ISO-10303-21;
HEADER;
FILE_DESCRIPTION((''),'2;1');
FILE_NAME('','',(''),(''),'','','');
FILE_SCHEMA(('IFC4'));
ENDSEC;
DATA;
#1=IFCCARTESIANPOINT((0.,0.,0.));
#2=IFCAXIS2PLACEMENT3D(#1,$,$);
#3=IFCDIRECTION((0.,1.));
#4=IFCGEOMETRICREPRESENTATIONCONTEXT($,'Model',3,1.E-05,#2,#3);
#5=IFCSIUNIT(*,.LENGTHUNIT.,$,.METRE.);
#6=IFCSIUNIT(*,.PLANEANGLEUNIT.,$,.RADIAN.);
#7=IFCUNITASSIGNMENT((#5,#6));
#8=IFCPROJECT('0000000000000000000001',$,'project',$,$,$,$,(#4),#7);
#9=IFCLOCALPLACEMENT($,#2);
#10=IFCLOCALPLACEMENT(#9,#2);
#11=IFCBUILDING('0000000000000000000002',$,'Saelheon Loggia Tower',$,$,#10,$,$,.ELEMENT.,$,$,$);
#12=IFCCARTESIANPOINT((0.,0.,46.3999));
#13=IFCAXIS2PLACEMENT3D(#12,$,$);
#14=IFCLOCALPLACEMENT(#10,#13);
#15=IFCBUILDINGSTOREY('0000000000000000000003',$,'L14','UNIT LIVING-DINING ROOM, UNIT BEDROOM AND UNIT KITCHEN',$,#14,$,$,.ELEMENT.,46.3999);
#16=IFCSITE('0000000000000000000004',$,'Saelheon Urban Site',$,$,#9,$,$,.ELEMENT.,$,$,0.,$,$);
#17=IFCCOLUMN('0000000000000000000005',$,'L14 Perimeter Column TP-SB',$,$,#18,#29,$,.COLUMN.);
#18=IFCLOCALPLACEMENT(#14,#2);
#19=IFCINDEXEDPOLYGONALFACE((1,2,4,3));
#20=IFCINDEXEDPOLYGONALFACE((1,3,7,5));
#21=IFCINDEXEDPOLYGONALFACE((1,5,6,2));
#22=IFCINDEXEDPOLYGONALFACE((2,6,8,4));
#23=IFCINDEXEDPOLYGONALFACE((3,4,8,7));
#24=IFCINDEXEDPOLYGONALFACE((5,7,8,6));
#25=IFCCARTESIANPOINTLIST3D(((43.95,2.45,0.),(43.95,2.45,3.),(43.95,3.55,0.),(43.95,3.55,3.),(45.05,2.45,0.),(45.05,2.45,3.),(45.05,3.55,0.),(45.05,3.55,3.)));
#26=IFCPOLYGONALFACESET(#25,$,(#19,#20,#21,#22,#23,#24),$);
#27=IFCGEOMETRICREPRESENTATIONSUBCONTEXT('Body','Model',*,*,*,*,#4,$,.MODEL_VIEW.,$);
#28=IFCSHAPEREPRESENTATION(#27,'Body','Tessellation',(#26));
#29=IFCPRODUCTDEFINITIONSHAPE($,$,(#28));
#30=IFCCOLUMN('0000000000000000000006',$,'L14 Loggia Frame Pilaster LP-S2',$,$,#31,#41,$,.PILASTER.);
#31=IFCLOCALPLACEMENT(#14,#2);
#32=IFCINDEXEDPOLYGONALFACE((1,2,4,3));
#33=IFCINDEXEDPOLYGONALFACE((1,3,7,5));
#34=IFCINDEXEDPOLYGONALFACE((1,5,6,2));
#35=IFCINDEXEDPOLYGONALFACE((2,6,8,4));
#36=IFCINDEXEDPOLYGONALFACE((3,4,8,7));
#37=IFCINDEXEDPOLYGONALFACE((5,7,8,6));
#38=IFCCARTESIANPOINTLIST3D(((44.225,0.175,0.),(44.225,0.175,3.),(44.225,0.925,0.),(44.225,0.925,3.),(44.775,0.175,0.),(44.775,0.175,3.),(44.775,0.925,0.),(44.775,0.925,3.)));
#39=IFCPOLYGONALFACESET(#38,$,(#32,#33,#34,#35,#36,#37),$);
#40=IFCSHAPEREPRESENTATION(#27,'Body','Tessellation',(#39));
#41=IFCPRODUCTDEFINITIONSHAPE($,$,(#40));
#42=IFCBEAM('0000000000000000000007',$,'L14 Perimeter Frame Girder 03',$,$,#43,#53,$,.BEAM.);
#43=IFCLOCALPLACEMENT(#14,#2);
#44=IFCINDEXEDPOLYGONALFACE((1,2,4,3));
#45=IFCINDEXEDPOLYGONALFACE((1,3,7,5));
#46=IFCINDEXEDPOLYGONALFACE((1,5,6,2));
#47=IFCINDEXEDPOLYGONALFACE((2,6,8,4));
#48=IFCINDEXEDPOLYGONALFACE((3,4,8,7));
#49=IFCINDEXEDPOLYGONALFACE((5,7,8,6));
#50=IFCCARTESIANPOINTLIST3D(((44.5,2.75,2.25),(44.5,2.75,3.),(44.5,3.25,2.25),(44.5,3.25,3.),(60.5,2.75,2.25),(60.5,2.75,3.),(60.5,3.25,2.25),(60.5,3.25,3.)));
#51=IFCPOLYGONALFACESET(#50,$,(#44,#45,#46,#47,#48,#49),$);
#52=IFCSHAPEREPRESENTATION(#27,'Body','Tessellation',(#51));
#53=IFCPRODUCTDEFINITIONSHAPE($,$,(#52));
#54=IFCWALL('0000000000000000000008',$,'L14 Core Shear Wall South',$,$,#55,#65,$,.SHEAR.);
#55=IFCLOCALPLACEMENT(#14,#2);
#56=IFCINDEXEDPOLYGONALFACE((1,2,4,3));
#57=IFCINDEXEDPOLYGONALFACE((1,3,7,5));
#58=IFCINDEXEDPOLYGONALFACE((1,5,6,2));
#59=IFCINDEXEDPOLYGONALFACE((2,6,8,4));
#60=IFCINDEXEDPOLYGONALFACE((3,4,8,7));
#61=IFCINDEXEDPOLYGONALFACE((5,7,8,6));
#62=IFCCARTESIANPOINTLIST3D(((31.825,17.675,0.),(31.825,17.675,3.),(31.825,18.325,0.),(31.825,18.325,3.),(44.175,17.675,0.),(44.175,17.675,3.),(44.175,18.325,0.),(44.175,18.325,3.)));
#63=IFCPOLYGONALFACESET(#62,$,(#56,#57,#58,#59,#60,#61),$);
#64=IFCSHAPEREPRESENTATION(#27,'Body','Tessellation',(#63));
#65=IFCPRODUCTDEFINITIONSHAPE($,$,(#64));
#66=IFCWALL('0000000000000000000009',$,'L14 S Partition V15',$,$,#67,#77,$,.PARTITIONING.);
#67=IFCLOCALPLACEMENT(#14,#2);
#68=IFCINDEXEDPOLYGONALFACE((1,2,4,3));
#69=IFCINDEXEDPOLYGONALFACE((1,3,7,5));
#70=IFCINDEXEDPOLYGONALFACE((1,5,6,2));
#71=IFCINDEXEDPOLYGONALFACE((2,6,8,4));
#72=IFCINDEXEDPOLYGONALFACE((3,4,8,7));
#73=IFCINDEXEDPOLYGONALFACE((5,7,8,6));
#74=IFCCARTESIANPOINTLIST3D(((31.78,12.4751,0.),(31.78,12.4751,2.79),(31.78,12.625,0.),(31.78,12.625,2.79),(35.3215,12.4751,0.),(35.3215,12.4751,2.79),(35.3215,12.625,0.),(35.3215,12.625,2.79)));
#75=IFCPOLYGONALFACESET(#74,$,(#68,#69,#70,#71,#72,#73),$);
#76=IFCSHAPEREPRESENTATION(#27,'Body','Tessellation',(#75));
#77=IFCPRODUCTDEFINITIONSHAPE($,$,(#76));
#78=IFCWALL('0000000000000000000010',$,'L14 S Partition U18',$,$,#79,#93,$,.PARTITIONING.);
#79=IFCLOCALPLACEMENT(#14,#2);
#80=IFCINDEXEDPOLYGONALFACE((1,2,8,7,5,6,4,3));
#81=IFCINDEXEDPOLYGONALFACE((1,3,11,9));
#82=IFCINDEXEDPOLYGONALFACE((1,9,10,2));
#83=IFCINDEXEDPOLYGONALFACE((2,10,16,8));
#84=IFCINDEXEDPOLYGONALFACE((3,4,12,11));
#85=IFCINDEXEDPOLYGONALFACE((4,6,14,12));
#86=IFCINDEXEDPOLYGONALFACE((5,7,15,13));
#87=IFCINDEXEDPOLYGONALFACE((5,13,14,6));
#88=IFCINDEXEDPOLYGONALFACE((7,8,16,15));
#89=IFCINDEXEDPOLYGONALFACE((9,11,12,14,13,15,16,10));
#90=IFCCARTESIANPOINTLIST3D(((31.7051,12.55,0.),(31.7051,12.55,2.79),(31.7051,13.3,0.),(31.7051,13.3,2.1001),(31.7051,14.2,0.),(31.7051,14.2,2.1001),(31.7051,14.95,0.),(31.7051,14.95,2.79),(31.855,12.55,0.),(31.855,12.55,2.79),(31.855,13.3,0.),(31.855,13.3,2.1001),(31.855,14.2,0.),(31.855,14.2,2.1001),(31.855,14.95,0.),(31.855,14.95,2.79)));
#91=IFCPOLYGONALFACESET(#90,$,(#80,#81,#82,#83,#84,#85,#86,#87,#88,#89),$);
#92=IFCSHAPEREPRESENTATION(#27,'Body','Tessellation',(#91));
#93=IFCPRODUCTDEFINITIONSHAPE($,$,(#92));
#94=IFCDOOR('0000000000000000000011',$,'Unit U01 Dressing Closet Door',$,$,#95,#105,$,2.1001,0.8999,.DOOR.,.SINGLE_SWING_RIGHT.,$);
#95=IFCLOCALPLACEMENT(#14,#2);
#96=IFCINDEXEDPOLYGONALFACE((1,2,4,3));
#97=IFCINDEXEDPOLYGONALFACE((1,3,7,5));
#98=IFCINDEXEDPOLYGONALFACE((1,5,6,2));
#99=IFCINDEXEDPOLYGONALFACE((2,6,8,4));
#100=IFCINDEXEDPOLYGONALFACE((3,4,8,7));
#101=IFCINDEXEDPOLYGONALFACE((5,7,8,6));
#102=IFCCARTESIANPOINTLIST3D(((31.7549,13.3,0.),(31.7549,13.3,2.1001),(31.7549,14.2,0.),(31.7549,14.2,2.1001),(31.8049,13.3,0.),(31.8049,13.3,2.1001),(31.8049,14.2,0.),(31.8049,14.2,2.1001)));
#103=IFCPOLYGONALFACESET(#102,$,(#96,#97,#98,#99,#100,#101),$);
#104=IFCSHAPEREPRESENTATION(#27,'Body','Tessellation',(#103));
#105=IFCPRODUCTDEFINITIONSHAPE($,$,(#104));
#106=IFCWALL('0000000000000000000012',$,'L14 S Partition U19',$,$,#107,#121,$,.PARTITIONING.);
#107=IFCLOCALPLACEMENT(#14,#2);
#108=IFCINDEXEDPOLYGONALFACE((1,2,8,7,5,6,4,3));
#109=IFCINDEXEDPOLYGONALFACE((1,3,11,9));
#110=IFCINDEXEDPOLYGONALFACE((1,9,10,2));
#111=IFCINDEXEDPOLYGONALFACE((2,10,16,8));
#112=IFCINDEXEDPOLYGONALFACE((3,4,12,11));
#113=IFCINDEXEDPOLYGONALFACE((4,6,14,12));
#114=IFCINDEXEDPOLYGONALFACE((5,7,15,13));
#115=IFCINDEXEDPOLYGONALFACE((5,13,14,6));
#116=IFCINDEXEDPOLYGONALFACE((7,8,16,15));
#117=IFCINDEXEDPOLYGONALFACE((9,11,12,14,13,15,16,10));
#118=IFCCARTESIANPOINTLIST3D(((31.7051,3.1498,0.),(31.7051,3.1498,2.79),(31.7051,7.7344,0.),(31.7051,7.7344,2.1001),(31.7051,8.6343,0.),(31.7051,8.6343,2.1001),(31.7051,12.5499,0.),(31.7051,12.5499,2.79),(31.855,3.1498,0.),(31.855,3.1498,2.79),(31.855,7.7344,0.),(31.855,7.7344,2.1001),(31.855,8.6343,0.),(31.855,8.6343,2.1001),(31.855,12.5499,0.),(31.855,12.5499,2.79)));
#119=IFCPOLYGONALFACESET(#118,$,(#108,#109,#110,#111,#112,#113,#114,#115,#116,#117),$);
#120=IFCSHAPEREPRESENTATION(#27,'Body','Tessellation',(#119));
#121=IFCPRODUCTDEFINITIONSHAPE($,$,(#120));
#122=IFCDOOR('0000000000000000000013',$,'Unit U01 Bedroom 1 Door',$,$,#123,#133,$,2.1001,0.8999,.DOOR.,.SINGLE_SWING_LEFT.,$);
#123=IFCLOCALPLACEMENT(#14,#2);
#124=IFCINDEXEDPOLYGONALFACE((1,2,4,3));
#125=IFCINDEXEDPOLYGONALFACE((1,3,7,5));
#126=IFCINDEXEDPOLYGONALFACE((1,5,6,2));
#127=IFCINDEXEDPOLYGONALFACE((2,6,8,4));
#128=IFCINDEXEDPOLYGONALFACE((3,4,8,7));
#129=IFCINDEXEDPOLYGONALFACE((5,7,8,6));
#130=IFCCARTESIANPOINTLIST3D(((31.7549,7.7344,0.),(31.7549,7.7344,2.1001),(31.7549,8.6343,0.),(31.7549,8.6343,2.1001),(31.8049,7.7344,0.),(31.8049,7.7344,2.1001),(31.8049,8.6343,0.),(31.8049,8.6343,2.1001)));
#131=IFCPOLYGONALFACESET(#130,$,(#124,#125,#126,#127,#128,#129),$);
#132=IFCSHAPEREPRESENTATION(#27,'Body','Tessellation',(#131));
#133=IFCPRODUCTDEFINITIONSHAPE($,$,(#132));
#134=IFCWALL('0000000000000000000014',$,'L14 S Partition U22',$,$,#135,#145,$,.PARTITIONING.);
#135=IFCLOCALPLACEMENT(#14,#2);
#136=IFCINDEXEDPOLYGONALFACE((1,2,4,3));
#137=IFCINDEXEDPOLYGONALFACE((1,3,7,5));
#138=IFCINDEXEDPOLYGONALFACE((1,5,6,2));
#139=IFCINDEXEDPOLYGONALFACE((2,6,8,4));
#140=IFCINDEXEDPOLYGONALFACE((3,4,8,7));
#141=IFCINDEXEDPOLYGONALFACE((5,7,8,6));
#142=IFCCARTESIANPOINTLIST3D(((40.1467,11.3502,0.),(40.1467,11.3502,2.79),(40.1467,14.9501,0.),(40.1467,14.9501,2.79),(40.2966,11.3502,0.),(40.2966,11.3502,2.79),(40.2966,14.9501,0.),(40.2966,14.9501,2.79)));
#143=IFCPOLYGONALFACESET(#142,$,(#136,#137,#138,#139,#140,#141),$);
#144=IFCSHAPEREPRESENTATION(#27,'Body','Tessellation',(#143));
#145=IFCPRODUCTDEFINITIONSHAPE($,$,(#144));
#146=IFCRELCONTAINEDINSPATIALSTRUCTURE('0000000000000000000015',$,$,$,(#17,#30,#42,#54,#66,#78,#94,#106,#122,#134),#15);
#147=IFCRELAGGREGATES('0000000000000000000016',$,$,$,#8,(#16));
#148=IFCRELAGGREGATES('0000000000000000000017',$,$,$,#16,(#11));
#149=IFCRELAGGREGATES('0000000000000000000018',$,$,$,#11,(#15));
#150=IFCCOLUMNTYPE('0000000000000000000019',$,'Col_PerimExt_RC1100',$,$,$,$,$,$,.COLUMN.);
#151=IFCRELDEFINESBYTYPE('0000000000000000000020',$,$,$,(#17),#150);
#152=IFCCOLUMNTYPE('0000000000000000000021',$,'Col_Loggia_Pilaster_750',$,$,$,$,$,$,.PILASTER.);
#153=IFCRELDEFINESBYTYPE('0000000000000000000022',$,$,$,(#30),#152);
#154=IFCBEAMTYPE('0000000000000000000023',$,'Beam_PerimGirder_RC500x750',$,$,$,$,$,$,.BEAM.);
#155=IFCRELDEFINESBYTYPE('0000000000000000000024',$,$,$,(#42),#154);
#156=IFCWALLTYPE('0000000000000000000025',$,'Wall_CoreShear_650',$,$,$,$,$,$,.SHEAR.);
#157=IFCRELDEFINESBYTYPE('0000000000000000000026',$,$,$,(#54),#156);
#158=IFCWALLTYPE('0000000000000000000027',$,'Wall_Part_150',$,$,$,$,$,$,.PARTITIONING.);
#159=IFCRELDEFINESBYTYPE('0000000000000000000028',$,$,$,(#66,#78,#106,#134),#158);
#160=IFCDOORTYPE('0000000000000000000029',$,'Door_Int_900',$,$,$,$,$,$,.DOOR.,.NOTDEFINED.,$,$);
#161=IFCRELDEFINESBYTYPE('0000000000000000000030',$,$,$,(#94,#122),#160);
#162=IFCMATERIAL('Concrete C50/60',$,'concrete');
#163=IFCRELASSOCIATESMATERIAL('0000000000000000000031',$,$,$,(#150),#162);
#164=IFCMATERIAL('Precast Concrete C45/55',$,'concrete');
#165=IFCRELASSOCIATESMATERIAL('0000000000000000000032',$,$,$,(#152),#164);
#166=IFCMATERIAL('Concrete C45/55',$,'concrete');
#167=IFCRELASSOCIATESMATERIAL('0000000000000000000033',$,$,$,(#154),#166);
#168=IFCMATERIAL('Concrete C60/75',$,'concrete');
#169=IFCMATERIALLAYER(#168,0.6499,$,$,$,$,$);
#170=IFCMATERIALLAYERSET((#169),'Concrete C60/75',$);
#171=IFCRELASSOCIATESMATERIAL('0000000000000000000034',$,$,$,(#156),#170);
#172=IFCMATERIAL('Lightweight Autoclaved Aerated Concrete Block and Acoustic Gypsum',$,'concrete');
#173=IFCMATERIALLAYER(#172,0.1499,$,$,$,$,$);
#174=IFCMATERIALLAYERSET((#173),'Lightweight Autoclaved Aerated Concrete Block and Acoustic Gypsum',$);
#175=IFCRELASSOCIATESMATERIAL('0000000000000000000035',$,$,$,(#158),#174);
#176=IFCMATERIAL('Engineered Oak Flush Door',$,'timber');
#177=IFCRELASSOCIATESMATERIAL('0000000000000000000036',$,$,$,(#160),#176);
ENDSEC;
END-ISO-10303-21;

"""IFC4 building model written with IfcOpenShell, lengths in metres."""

from ifc_helpers import new_model, si_unit, direction, frame, frame_2d, origin, origin_2d, place, context, subcontext, project, spatial, rectangle, extrude, source, transform, mapped, material, layer, layer_set, material_profile, profile_set, type_object, element, fill, save


model = new_model("IFC4")

# Units and contexts
model_context = context("Model", 3, precision=1e-05, world=origin(), true_north=direction((0.0, 1.0)))
body_context = subcontext(model_context, "Body", "Model", "MODEL_VIEW")
ifc_project = project(units=[si_unit("LENGTHUNIT", "METRE"), si_unit("PLANEANGLEUNIT", "RADIAN")], contexts=[model_context])

# Site, building, storey
site_placement = place(None, origin())
site = spatial("IfcSite", under=ifc_project, at=site_placement, Name="Saelheon Urban Site", CompositionType="ELEMENT", RefElevation=0.0)
building_placement = place(site_placement, origin())
building = spatial("IfcBuilding", under=site, at=building_placement, Name="Saelheon Loggia Tower", CompositionType="ELEMENT")
storey_placement = place(building_placement, frame((0.0, 0.0, 46.3999)))
storey = spatial("IfcBuildingStorey", under=building, at=storey_placement, Name="L14", Description="UNIT LIVING-DINING ROOM, UNIT BEDROOM AND UNIT KITCHEN", CompositionType="ELEMENT", Elevation=46.3999)

# Columns
ifc_material_1 = material(Name="Concrete C50/60", Category="concrete")
ifc_material_profile_1 = material_profile(ifc_material_1, rectangle(XDim=1.1001, YDim=1.1001, at=origin_2d()), Name="RC-1100x1100")
ifc_profile_set_1 = profile_set([ifc_material_profile_1], Name="Concrete C50/60")
column_type_1 = type_object("IfcColumnType", Name="Col_PerimExt_RC1100", PredefinedType="COLUMN", material=ifc_profile_set_1)
shared_shape_1 = source(origin(), body_context, "Body", "SweptSolid", [
    extrude(rectangle(XDim=1.1001, YDim=1.1001, at=origin_2d()), origin(), (0.0, 0.0, 1.0), 3.0),
])
column_1_placement = place(storey_placement, frame((44.5, 3.0, 0.0), z_axis=(0.0, 0.0, 1.0), x_axis=(1.0, 0.0, 0.0)))
element("IfcColumn", 1, at=column_1_placement, inside=storey, type_object=column_type_1, Name="L14 Perimeter Column TP-SB", PredefinedType="COLUMN", context=body_context, shape_type="MappedRepresentation", body=[
    mapped(shared_shape_1, transform((0.0, 0.0, 0.0), scale=1.0)),
])
ifc_material_2 = material(Name="Precast Concrete C45/55", Category="concrete")
ifc_material_profile_2 = material_profile(ifc_material_2, rectangle(XDim=0.55, YDim=0.75, at=origin_2d()), Name="RC-550x750")
ifc_profile_set_2 = profile_set([ifc_material_profile_2], Name="Precast Concrete C45/55")
column_type_2 = type_object("IfcColumnType", Name="Col_Loggia_Pilaster_750", PredefinedType="PILASTER", material=ifc_profile_set_2)
shared_shape_2 = source(origin(), body_context, "Body", "SweptSolid", [
    extrude(rectangle(XDim=0.55, YDim=0.75, at=origin_2d()), origin(), (0.0, 0.0, 1.0), 3.0),
])
column_2_placement = place(storey_placement, frame((44.5, 0.55, 0.0), z_axis=(0.0, 0.0, 1.0), x_axis=(1.0, 0.0, 0.0)))
element("IfcColumn", 2, at=column_2_placement, inside=storey, type_object=column_type_2, Name="L14 Loggia Frame Pilaster LP-S2", PredefinedType="PILASTER", context=body_context, shape_type="MappedRepresentation", body=[
    mapped(shared_shape_2, transform((0.0, 0.0, 0.0), scale=1.0)),
])

# Beam
ifc_material_3 = material(Name="Concrete C45/55", Category="concrete")
ifc_material_profile_3 = material_profile(ifc_material_3, rectangle(XDim=0.5, YDim=0.75, at=origin_2d()), Name="RC-500x750")
ifc_profile_set_3 = profile_set([ifc_material_profile_3], Name="Concrete C45/55")
beam_type = type_object("IfcBeamType", Name="Beam_PerimGirder_RC500x750", PredefinedType="BEAM", material=ifc_profile_set_3)
shared_shape_3 = source(origin(), body_context, "Body", "SweptSolid", [
    extrude(rectangle(XDim=0.5, YDim=0.75, at=origin_2d()), origin(), (0.0, 0.0, 1.0), 16.0),
])
beam_placement = place(storey_placement, frame((44.5, 3.0, 2.625), z_axis=(1.0, 0.0, 0.0), x_axis=(0.0, 1.0, 0.0)))
element("IfcBeam", 3, at=beam_placement, inside=storey, type_object=beam_type, Name="L14 Perimeter Frame Girder 03", PredefinedType="BEAM", context=body_context, shape_type="MappedRepresentation", body=[
    mapped(shared_shape_3, transform((0.0, 0.0, 0.0), scale=1.0)),
])

# Walls
ifc_material_4 = material(Name="Concrete C60/75", Category="concrete")
ifc_layer_1 = layer(ifc_material_4, 0.6499)
ifc_layer_set_1 = layer_set([ifc_layer_1], Name="Concrete C60/75")
wall_type_1 = type_object("IfcWallType", Name="Wall_CoreShear_650", PredefinedType="SHEAR", material=ifc_layer_set_1)
wall_1_placement = place(storey_placement, frame((31.825, 18.0, 0.0), z_axis=(0.0, 0.0, 1.0), x_axis=(1.0, 0.0, 0.0)))
element("IfcWall", 4, at=wall_1_placement, inside=storey, type_object=wall_type_1, Name="L14 Core Shear Wall South", PredefinedType="SHEAR", context=body_context, shape_type="SweptSolid", body=[
    extrude(rectangle(XDim=12.3501, YDim=0.6499, at=frame_2d((6.175, 0.0))), origin(), (0.0, 0.0, 1.0), 3.0),
])
ifc_material_5 = material(Name="Lightweight Autoclaved Aerated Concrete Block and Acoustic Gypsum", Category="concrete")
ifc_layer_2 = layer(ifc_material_5, 0.1499)
ifc_layer_set_2 = layer_set([ifc_layer_2], Name="Lightweight Autoclaved Aerated Concrete Block and Acoustic Gypsum")
wall_type_2 = type_object("IfcWallType", Name="Wall_Part_150", PredefinedType="PARTITIONING", material=ifc_layer_set_2)
wall_2_placement = place(storey_placement, frame((31.78, 12.55, 0.0), z_axis=(0.0, 0.0, 1.0), x_axis=(1.0, 0.0, 0.0)))
element("IfcWall", 5, at=wall_2_placement, inside=storey, type_object=wall_type_2, Name="L14 S Partition V15", PredefinedType="PARTITIONING", context=body_context, shape_type="SweptSolid", body=[
    extrude(rectangle(XDim=3.5415, YDim=0.1499, at=frame_2d((1.7708, 0.0))), origin(), (0.0, 0.0, 1.0), 2.79),
])

# Walls, openings, doors
wall_3_placement = place(storey_placement, frame((31.78, 14.95, 0.0), z_axis=(0.0, 0.0, 1.0), x_axis=(0.0, -1.0, 0.0)))
wall_3 = element("IfcWall", 6, at=wall_3_placement, inside=storey, type_object=wall_type_2, Name="L14 S Partition U18", PredefinedType="PARTITIONING", context=body_context, shape_type="SweptSolid", body=[
    extrude(rectangle(XDim=2.3999, YDim=0.1499, at=frame_2d((1.2, 0.0))), origin(), (0.0, 0.0, 1.0), 2.79),
])
opening_1_placement = place(wall_3_placement, frame((0.75, 0.0, 0.0)))
opening_1 = element("IfcOpeningElement", 7, at=opening_1_placement, cuts=wall_3, PredefinedType="OPENING", context=body_context, shape_type="SweptSolid", body=[
    extrude(rectangle(XDim=0.8999, YDim=2.1001, at=frame_2d((0.45, 1.05))), frame((0.0, 0.0869, 0.0), z_axis=(0.0, -1.0, 0.0), x_axis=(1.0, 0.0, 0.0)), (0.0, 0.0, 1.0), 0.1738),
])
ifc_material_6 = material(Name="Engineered Oak Flush Door", Category="timber")
door_type_1 = type_object("IfcDoorType", Name="Door_Int_900", OperationType="NOTDEFINED", PredefinedType="DOOR", material=ifc_material_6)
shared_shape_4 = source(origin(), body_context, "Body", "SweptSolid", [
    extrude(rectangle(XDim=0.8999, YDim=2.1001, at=frame_2d((0.45, 1.05))), frame((0.0, 0.0249, 0.0), z_axis=(0.0, -1.0, 0.0), x_axis=(1.0, 0.0, 0.0)), (0.0, 0.0, 1.0), 0.05),
])
door_1_placement = place(opening_1_placement, origin())
door_1 = element("IfcDoor", 8, at=door_1_placement, inside=storey, type_object=door_type_1, Name="Unit U01 Dressing Closet Door", OperationType="SINGLE_SWING_RIGHT", OverallHeight=2.1001, OverallWidth=0.8999, PredefinedType="DOOR", context=body_context, shape_type="MappedRepresentation", body=[
    mapped(shared_shape_4, transform((0.0, 0.0, 0.0), scale=1.0)),
])
fill(opening_1, door_1)
wall_4_placement = place(storey_placement, frame((31.78, 12.55, 0.0), z_axis=(0.0, 0.0, 1.0), x_axis=(0.0, -1.0, 0.0)))
wall_4 = element("IfcWall", 9, at=wall_4_placement, inside=storey, type_object=wall_type_2, Name="L14 S Partition U19", PredefinedType="PARTITIONING", context=body_context, shape_type="SweptSolid", body=[
    extrude(rectangle(XDim=9.4001, YDim=0.1499, at=frame_2d((4.7002, 0.0))), origin(), (0.0, 0.0, 1.0), 2.79),
])
opening_2_placement = place(wall_4_placement, frame((3.9158, 0.0, 0.0)))
opening_2 = element("IfcOpeningElement", 10, at=opening_2_placement, cuts=wall_4, PredefinedType="OPENING", context=body_context, shape_type="SweptSolid", body=[
    extrude(rectangle(XDim=0.8999, YDim=2.1001, at=frame_2d((0.45, 1.05))), frame((0.0, 0.0869, 0.0), z_axis=(0.0, -1.0, 0.0), x_axis=(1.0, 0.0, 0.0)), (0.0, 0.0, 1.0), 0.1738),
])
door_2_placement = place(opening_2_placement, origin())
door_2 = element("IfcDoor", 11, at=door_2_placement, inside=storey, type_object=door_type_1, Name="Unit U01 Bedroom 1 Door", OperationType="SINGLE_SWING_LEFT", OverallHeight=2.1001, OverallWidth=0.8999, PredefinedType="DOOR", context=body_context, shape_type="MappedRepresentation", body=[
    mapped(shared_shape_4, transform((0.0, 0.0, 0.0), scale=1.0)),
])
fill(opening_2, door_2)

# Wall
wall_5_placement = place(storey_placement, frame((40.2217, 14.95, 0.0), z_axis=(0.0, 0.0, 1.0), x_axis=(0.0, -1.0, 0.0)))
element("IfcWall", 12, at=wall_5_placement, inside=storey, type_object=wall_type_2, Name="L14 S Partition U22", PredefinedType="PARTITIONING", context=body_context, shape_type="SweptSolid", body=[
    extrude(rectangle(XDim=3.5999, YDim=0.1499, at=frame_2d((1.7998, 0.0))), origin(), (0.0, 0.0, 1.0), 2.79),
])

save(model, "model.ifc")
